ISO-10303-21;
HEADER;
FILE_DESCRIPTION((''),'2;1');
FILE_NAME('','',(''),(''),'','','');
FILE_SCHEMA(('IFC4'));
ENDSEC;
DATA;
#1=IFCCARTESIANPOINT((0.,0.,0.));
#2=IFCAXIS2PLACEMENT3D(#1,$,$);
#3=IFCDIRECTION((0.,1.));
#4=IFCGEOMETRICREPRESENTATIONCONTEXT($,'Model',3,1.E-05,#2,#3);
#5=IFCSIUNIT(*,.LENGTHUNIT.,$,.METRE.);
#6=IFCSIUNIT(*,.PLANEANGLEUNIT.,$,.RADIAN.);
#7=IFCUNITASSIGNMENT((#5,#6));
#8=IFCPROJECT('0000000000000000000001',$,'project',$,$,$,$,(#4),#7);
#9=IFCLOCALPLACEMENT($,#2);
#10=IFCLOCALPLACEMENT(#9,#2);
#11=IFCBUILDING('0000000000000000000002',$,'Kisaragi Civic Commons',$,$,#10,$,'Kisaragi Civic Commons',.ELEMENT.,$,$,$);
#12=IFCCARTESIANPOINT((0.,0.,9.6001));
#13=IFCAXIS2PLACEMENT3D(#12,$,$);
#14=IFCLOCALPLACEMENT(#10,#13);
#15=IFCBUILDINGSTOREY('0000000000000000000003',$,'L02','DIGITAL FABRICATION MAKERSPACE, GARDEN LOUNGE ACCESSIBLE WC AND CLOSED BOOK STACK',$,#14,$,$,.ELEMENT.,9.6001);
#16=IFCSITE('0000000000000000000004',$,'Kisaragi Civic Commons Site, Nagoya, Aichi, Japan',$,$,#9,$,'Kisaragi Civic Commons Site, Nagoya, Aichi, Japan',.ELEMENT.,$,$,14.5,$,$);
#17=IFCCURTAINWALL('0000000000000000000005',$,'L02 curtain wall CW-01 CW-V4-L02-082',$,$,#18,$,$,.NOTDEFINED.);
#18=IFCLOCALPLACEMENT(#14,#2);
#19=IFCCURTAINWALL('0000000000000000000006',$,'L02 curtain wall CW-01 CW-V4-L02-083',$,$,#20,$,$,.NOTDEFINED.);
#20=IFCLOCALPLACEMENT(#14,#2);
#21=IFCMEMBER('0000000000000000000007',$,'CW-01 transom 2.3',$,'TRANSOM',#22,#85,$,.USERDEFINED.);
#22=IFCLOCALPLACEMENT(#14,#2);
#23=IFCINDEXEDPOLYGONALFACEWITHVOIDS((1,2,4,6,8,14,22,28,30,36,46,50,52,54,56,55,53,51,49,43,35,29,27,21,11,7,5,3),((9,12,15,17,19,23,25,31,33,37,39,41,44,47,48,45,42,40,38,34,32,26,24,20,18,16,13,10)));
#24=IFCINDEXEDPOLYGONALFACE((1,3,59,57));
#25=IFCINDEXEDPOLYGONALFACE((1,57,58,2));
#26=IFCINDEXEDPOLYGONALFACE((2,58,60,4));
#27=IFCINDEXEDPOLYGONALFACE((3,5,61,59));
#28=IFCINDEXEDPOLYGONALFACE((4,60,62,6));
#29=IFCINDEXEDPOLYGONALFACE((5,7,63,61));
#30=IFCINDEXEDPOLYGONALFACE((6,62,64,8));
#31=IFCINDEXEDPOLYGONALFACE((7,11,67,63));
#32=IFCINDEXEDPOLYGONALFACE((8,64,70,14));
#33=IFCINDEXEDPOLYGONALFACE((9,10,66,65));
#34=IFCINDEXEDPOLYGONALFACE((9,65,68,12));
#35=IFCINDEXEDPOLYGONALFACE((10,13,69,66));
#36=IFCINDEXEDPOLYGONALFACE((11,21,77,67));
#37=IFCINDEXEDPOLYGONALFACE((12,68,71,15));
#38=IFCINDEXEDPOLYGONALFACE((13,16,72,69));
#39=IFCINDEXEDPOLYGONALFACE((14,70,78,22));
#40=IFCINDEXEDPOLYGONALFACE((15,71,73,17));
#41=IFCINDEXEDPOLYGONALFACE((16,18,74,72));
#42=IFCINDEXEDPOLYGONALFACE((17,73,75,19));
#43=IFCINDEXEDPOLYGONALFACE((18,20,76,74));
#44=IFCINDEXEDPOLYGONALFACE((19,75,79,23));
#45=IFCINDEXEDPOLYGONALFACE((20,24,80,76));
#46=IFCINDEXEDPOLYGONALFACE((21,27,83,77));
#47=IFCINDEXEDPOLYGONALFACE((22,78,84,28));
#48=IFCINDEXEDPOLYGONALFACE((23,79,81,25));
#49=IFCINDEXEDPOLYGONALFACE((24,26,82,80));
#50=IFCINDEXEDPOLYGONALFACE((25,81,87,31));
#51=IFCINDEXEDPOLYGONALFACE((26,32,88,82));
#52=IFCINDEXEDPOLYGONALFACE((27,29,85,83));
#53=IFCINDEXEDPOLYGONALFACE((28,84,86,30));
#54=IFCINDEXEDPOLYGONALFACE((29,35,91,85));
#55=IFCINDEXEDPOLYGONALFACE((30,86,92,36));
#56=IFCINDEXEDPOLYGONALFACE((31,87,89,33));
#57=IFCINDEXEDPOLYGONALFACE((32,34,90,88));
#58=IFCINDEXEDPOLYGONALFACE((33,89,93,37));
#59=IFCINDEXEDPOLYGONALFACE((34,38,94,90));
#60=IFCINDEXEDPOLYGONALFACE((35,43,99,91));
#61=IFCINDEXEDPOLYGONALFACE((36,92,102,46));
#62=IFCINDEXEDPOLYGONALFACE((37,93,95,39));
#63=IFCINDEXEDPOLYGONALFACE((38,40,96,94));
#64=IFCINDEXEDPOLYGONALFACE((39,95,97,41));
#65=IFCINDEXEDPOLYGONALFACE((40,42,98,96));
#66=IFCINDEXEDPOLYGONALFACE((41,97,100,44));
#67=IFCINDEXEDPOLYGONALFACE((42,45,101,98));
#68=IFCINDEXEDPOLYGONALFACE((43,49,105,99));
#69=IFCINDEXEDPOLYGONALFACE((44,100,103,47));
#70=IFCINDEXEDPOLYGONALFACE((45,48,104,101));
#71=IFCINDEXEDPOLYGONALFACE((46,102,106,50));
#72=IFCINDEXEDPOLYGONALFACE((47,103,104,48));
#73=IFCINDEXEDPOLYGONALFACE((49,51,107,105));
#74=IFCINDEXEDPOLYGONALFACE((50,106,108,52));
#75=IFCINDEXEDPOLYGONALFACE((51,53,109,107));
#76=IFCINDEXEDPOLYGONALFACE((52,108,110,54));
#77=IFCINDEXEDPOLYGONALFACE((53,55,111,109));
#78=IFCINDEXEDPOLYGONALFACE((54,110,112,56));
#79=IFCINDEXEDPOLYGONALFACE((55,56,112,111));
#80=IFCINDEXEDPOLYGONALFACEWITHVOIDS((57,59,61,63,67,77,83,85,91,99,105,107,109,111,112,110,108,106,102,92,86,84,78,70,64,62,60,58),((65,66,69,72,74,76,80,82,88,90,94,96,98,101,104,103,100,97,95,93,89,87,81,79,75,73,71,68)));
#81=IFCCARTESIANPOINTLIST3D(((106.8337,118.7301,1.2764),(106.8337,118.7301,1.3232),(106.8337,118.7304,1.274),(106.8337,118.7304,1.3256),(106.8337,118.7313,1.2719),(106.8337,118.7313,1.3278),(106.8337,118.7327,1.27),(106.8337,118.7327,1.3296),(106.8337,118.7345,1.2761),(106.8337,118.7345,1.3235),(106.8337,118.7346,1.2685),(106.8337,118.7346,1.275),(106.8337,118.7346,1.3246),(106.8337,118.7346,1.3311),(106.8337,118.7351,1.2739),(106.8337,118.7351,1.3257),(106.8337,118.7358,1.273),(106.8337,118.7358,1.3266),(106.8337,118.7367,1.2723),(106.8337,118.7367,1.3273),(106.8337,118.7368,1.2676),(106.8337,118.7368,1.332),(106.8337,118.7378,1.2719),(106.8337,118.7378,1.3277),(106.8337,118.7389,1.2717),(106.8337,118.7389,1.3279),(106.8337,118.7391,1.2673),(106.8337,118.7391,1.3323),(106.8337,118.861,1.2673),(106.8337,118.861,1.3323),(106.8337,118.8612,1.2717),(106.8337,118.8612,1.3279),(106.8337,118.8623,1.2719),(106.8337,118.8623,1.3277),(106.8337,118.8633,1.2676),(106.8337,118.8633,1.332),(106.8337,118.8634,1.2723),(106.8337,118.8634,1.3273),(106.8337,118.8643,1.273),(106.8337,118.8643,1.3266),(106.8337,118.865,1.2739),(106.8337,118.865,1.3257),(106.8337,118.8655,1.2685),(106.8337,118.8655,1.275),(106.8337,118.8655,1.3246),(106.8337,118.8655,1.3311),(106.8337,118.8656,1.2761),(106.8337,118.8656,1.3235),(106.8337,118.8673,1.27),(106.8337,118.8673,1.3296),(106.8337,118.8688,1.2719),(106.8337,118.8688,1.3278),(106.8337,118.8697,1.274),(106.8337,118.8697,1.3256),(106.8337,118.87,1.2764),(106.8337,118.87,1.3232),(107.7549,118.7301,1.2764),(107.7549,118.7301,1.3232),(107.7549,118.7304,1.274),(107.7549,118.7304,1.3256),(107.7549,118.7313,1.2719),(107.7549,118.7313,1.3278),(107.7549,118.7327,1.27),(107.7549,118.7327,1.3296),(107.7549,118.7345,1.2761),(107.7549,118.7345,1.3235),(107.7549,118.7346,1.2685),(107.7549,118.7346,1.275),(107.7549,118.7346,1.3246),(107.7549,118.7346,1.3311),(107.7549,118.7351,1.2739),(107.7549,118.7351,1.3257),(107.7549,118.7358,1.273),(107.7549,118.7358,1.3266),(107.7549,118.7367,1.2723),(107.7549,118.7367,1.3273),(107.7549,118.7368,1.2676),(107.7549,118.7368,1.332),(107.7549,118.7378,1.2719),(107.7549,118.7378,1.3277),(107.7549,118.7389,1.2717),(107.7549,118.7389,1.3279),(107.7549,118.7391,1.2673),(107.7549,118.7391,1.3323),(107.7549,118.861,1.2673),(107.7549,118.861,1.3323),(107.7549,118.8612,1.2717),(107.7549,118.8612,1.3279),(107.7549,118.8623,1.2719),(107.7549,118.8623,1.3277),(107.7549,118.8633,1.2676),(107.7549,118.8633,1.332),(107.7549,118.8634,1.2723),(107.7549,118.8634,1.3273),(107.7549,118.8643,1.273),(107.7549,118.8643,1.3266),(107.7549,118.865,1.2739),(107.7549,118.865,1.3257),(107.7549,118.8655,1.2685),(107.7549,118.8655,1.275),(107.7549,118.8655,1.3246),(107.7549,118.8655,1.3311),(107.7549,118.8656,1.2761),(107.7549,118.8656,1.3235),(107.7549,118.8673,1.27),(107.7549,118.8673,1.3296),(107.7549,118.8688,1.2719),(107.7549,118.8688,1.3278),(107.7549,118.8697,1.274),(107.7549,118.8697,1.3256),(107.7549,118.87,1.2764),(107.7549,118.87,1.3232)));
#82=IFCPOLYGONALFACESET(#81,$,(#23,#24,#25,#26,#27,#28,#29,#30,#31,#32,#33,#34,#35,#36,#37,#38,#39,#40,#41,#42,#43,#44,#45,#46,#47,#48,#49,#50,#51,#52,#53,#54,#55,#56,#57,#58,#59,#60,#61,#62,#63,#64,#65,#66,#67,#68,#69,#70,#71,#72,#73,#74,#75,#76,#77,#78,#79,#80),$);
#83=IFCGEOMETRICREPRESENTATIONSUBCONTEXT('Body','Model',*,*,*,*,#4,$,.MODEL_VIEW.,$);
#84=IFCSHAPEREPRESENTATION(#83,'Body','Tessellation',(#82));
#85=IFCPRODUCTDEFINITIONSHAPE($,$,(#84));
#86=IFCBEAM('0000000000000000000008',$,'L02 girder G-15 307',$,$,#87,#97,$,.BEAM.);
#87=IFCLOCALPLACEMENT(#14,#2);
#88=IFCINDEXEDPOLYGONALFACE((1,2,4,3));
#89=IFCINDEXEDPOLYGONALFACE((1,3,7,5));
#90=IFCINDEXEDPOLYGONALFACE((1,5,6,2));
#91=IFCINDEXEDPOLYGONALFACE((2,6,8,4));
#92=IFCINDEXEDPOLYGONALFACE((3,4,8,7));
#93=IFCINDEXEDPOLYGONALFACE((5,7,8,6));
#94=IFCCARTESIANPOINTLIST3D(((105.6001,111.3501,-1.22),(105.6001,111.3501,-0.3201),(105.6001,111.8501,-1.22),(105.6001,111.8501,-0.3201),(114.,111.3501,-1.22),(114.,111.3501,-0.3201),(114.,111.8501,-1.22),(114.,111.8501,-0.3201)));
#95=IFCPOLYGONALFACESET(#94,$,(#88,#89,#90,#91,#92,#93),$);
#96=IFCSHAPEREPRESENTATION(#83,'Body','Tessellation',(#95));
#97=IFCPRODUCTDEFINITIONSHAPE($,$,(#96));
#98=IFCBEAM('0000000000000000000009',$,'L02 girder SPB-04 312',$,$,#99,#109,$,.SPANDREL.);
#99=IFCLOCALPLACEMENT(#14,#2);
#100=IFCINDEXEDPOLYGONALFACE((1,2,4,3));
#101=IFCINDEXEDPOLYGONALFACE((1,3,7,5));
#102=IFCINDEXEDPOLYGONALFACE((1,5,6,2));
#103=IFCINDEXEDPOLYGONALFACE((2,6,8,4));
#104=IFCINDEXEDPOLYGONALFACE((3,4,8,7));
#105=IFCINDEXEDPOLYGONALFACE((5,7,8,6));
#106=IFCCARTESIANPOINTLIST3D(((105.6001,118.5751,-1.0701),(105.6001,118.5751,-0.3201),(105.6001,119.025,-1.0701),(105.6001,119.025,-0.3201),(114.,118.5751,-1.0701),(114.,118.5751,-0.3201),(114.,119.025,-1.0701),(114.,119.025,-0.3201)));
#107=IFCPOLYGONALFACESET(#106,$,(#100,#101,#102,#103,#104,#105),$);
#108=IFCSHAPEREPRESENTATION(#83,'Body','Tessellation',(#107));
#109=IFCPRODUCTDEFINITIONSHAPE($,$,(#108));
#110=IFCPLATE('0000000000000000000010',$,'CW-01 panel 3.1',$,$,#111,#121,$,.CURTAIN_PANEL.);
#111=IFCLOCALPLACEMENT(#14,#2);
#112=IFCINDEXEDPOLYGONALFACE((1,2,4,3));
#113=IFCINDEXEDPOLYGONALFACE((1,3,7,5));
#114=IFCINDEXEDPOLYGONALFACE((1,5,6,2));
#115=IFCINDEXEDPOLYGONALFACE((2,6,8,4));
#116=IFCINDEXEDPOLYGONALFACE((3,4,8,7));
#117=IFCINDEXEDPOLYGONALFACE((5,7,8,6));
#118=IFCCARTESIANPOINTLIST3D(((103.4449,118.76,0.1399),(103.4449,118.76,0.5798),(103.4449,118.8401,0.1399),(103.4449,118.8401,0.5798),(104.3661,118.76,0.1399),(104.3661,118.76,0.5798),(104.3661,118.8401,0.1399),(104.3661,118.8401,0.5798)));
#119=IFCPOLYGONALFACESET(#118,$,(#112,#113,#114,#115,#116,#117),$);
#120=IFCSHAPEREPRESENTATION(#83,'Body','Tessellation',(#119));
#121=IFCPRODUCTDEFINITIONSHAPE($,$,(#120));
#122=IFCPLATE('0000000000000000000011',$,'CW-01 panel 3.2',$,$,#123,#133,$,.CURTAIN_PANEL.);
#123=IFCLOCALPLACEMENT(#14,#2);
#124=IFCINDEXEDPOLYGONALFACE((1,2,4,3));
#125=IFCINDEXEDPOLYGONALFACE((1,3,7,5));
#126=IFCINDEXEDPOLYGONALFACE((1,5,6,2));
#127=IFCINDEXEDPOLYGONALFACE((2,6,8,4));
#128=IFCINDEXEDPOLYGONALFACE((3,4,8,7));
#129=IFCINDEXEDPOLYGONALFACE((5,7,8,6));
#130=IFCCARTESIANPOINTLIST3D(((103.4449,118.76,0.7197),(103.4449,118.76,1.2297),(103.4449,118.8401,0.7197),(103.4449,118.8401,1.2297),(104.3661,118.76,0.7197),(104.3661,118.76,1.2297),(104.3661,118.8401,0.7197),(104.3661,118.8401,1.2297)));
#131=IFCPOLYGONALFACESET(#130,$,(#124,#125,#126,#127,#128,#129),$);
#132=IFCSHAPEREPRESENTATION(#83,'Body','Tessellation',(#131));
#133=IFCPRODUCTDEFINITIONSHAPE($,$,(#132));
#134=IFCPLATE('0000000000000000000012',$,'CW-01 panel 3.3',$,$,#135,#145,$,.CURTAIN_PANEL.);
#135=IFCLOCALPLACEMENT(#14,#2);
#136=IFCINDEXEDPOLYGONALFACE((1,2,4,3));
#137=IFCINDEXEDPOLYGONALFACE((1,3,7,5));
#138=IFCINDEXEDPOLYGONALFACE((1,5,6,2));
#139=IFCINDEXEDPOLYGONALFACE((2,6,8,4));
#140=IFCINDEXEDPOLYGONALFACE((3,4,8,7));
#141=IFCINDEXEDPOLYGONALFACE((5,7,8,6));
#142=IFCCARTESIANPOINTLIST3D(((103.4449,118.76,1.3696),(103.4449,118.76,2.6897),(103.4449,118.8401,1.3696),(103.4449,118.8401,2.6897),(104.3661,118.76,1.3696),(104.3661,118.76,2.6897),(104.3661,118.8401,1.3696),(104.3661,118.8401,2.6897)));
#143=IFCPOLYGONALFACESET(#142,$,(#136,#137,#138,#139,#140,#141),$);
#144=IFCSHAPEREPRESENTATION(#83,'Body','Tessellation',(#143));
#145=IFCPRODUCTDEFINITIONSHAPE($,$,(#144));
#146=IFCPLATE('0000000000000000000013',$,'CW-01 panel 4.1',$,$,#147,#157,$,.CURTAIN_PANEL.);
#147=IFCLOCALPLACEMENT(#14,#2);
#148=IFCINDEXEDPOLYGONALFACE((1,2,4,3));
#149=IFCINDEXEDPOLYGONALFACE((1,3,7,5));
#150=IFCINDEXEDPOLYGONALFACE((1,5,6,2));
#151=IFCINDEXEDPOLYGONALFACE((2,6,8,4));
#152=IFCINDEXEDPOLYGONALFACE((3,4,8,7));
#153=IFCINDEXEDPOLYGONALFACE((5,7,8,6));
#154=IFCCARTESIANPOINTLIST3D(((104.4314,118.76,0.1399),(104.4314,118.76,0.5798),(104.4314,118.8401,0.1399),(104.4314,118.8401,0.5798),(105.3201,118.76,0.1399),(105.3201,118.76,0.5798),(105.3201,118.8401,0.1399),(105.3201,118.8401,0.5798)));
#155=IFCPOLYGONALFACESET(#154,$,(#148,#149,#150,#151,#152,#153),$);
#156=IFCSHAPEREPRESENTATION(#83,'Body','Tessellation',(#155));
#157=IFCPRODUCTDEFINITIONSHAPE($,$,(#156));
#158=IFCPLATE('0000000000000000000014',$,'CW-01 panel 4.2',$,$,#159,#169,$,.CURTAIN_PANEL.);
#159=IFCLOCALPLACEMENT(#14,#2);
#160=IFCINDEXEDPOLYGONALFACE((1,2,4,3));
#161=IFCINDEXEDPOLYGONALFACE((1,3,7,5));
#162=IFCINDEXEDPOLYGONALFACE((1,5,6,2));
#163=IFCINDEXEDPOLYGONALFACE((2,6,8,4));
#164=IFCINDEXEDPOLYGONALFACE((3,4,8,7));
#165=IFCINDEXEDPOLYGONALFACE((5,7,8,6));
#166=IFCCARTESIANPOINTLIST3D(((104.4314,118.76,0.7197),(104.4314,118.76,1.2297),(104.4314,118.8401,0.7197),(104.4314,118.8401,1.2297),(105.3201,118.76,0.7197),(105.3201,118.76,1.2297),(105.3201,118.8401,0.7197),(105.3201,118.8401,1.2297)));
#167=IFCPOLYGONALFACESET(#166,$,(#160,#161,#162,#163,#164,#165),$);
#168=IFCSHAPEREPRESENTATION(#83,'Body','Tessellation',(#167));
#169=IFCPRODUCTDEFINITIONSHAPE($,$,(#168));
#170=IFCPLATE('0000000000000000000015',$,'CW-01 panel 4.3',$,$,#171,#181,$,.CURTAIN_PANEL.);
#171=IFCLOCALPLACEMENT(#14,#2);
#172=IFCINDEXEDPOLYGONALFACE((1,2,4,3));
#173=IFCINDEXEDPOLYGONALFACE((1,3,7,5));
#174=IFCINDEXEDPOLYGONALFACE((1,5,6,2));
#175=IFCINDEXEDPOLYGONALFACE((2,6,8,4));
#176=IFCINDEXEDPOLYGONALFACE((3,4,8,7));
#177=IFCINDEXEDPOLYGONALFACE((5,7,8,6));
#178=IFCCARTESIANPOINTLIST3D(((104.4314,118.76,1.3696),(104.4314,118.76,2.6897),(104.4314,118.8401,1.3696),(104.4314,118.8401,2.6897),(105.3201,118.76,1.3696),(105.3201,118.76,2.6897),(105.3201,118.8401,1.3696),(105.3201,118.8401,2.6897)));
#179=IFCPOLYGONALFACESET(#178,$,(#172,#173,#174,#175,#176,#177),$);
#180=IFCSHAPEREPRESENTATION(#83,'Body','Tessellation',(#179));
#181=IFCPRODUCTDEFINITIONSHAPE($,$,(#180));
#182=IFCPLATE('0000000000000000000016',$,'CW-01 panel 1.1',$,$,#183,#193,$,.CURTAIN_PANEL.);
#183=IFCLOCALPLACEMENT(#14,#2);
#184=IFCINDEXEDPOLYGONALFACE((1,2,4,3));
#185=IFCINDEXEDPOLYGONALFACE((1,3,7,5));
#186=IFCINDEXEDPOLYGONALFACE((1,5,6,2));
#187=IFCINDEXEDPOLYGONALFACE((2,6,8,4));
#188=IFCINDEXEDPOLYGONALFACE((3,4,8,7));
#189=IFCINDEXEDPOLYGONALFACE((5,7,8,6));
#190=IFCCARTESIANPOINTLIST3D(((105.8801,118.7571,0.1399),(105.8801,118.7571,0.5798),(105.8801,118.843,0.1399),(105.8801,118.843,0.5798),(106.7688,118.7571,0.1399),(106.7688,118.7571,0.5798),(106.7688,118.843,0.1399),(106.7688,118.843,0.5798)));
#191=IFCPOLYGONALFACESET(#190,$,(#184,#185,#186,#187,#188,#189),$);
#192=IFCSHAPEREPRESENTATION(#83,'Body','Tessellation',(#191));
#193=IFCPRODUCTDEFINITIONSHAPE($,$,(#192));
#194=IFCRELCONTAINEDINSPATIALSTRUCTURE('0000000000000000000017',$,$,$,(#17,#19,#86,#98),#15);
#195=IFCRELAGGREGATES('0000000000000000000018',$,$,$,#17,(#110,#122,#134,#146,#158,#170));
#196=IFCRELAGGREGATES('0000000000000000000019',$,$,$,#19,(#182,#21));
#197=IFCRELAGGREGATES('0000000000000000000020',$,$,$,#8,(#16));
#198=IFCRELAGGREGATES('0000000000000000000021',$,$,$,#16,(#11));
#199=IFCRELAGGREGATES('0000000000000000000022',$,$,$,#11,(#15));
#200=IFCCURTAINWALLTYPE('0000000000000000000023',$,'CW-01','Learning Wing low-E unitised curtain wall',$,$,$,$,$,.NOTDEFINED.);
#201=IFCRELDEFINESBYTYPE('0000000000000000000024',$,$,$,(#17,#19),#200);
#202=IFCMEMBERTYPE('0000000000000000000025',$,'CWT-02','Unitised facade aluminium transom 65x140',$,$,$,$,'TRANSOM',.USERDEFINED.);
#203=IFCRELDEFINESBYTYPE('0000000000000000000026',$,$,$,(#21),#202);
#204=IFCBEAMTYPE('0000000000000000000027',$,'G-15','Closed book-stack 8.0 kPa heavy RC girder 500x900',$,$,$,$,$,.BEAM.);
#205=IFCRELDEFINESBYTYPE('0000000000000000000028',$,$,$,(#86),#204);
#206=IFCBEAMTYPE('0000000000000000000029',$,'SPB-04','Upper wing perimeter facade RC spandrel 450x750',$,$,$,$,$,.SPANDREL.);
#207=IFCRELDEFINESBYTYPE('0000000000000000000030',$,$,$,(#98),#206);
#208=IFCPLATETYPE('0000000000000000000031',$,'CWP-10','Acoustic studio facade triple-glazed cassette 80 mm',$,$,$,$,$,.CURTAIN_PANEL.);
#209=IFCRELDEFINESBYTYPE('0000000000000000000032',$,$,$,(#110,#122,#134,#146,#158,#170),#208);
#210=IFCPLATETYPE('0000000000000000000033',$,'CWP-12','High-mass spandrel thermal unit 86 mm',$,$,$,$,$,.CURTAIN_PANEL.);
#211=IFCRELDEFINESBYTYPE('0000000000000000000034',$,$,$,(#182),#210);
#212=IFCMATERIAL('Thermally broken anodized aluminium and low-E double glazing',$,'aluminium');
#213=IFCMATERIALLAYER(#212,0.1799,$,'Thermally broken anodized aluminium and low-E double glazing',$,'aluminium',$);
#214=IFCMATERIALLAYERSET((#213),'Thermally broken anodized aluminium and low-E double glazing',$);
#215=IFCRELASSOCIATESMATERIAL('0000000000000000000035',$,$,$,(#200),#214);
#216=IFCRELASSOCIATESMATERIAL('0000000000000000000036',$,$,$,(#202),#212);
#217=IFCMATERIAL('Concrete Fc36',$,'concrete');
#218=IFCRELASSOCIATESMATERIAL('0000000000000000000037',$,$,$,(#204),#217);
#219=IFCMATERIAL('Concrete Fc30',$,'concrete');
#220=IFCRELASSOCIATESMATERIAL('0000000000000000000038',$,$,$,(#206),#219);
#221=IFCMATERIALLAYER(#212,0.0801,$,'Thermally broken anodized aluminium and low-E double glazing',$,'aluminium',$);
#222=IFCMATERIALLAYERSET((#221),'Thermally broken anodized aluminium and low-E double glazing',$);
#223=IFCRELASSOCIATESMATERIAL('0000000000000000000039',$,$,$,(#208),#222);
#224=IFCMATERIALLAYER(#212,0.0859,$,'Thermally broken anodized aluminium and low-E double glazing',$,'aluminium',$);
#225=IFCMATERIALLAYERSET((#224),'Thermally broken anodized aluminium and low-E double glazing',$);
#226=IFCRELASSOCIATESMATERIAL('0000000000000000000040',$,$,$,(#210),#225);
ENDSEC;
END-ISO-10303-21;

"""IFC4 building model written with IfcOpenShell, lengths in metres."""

from ifc_helpers import new_model, si_unit, direction, frame, origin, origin_2d, place, context, subcontext, project, spatial, rectangle, hollow_rectangle, extrude, material, layer, layer_set, material_profile, profile_set, type_object, element, aggregate, save


model = new_model("IFC4")

# Units and contexts
model_context = context("Model", 3, precision=1e-05, world=origin(), true_north=direction((0.0, 1.0)))
body_context = subcontext(model_context, "Body", "Model", "MODEL_VIEW")
ifc_project = project(units=[si_unit("LENGTHUNIT", "METRE"), si_unit("PLANEANGLEUNIT", "RADIAN")], contexts=[model_context])

# Site, building, storey
site_placement = place(None, origin())
site = spatial("IfcSite", under=ifc_project, at=site_placement, Name="Kisaragi Civic Commons Site, Nagoya, Aichi, Japan", LongName="Kisaragi Civic Commons Site, Nagoya, Aichi, Japan", CompositionType="ELEMENT", RefElevation=14.5)
building_placement = place(site_placement, origin())
building = spatial("IfcBuilding", under=site, at=building_placement, Name="Kisaragi Civic Commons", LongName="Kisaragi Civic Commons", CompositionType="ELEMENT")
storey_placement = place(building_placement, frame((0.0, 0.0, 9.6001)))
storey = spatial("IfcBuildingStorey", under=building, at=storey_placement, Name="L02", Description="DIGITAL FABRICATION MAKERSPACE, GARDEN LOUNGE ACCESSIBLE WC AND CLOSED BOOK STACK", CompositionType="ELEMENT", Elevation=9.6001)

# Shared definitions
ifc_material_1 = material(Name="Concrete Fc36", Category="concrete")

# Curtain walls
ifc_material_2 = material(Name="Thermally broken anodized aluminium and low-E double glazing", Category="aluminium")
ifc_layer_1 = layer(ifc_material_2, 0.1799, Name="Thermally broken anodized aluminium and low-E double glazing", Category="aluminium")
ifc_layer_set_1 = layer_set([ifc_layer_1], Name="Thermally broken anodized aluminium and low-E double glazing")
curtain_wall_type = type_object("IfcCurtainWallType", Name="CW-01", Description="Learning Wing low-E unitised curtain wall", PredefinedType="NOTDEFINED", material=ifc_layer_set_1)
curtain_wall_1_placement = place(storey_placement, origin())
curtain_wall_1 = element("IfcCurtainWall", 1, at=curtain_wall_1_placement, inside=storey, type_object=curtain_wall_type, Name="L02 curtain wall CW-01 CW-V4-L02-082", PredefinedType="NOTDEFINED")
curtain_wall_2_placement = place(storey_placement, origin())
curtain_wall_2 = element("IfcCurtainWall", 2, at=curtain_wall_2_placement, inside=storey, type_object=curtain_wall_type, Name="L02 curtain wall CW-01 CW-V4-L02-083", PredefinedType="NOTDEFINED")

# Member
ifc_material_profile_1 = material_profile(ifc_material_2, hollow_rectangle(XDim=0.1399, YDim=0.0649, WallThickness=0.0044, InnerFilletRadius=0.0044, OuterFilletRadius=0.009, at=origin_2d()), Name="CWT-65x140x4.5", Category="aluminium")
ifc_profile_set_1 = profile_set([ifc_material_profile_1], Name="Thermally broken anodized aluminium and low-E double glazing")
member_type_1 = type_object("IfcMemberType", Name="CWT-02", Description="Unitised facade aluminium transom 65x140", ElementType="TRANSOM", PredefinedType="USERDEFINED", material=ifc_profile_set_1)
member_1_placement = place(storey_placement, frame((106.8337, 118.8, 1.2998), z_axis=(1.0, 0.0, 0.0), x_axis=(0.0, 1.0, 0.0)))
member_1 = element("IfcMember", 3, at=member_1_placement, type_object=member_type_1, Name="CW-01 transom 2.3", ObjectType="TRANSOM", PredefinedType="USERDEFINED", context=body_context, shape_type="SweptSolid", body=[
    extrude(hollow_rectangle(XDim=0.1399, YDim=0.0649, WallThickness=0.0044, InnerFilletRadius=0.0044, OuterFilletRadius=0.009, at=origin_2d()), origin(), (0.0, 0.0, 1.0), 0.9211),
])

# Beams
ifc_material_profile_2 = material_profile(ifc_material_1, rectangle(XDim=0.5, YDim=0.8999, at=origin_2d()), Name="RC-500x900", Category="concrete")
ifc_profile_set_2 = profile_set([ifc_material_profile_2], Name="Concrete Fc36")
beam_type_1 = type_object("IfcBeamType", Name="G-15", Description="Closed book-stack 8.0 kPa heavy RC girder 500x900", PredefinedType="BEAM", material=ifc_profile_set_2)
beam_1_placement = place(storey_placement, frame((105.6001, 111.6001, -0.77), z_axis=(1.0, 0.0, 0.0), x_axis=(0.0, 1.0, 0.0)))
element("IfcBeam", 4, at=beam_1_placement, inside=storey, type_object=beam_type_1, Name="L02 girder G-15 307", PredefinedType="BEAM", context=body_context, shape_type="SweptSolid", body=[
    extrude(rectangle(XDim=0.5, YDim=0.8999, at=origin_2d()), origin(), (0.0, 0.0, 1.0), 8.3999),
])
ifc_material_3 = material(Name="Concrete Fc30", Category="concrete")
ifc_material_profile_3 = material_profile(ifc_material_3, rectangle(XDim=0.45, YDim=0.75, at=origin_2d()), Name="RC-450x750", Category="concrete")
ifc_profile_set_3 = profile_set([ifc_material_profile_3], Name="Concrete Fc30")
beam_type_2 = type_object("IfcBeamType", Name="SPB-04", Description="Upper wing perimeter facade RC spandrel 450x750", PredefinedType="SPANDREL", material=ifc_profile_set_3)
beam_2_placement = place(storey_placement, frame((105.6001, 118.8, -0.6951), z_axis=(1.0, 0.0, 0.0), x_axis=(0.0, 1.0, 0.0)))
element("IfcBeam", 5, at=beam_2_placement, inside=storey, type_object=beam_type_2, Name="L02 girder SPB-04 312", PredefinedType="SPANDREL", context=body_context, shape_type="SweptSolid", body=[
    extrude(rectangle(XDim=0.45, YDim=0.75, at=origin_2d()), origin(), (0.0, 0.0, 1.0), 8.3999),
])

# Plates
ifc_layer_2 = layer(ifc_material_2, 0.0801, Name="Thermally broken anodized aluminium and low-E double glazing", Category="aluminium")
ifc_layer_set_2 = layer_set([ifc_layer_2], Name="Thermally broken anodized aluminium and low-E double glazing")
plate_type_1 = type_object("IfcPlateType", Name="CWP-10", Description="Acoustic studio facade triple-glazed cassette 80 mm", PredefinedType="CURTAIN_PANEL", material=ifc_layer_set_2)
plate_1_placement = place(storey_placement, frame((103.9055, 118.8, 0.1399), z_axis=(0.0, 0.0, 1.0), x_axis=(1.0, 0.0, 0.0)))
plate_1 = element("IfcPlate", 6, at=plate_1_placement, type_object=plate_type_1, Name="CW-01 panel 3.1", PredefinedType="CURTAIN_PANEL", context=body_context, shape_type="SweptSolid", body=[
    extrude(rectangle(XDim=0.9211, YDim=0.0801, at=origin_2d()), origin(), (0.0, 0.0, 1.0), 0.4399),
])
plate_2_placement = place(storey_placement, frame((103.9055, 118.8, 0.7197), z_axis=(0.0, 0.0, 1.0), x_axis=(1.0, 0.0, 0.0)))
plate_2 = element("IfcPlate", 7, at=plate_2_placement, type_object=plate_type_1, Name="CW-01 panel 3.2", PredefinedType="CURTAIN_PANEL", context=body_context, shape_type="SweptSolid", body=[
    extrude(rectangle(XDim=0.9211, YDim=0.0801, at=origin_2d()), origin(), (0.0, 0.0, 1.0), 0.51),
])
plate_3_placement = place(storey_placement, frame((103.9055, 118.8, 1.3696), z_axis=(0.0, 0.0, 1.0), x_axis=(1.0, 0.0, 0.0)))
plate_3 = element("IfcPlate", 8, at=plate_3_placement, type_object=plate_type_1, Name="CW-01 panel 3.3", PredefinedType="CURTAIN_PANEL", context=body_context, shape_type="SweptSolid", body=[
    extrude(rectangle(XDim=0.9211, YDim=0.0801, at=origin_2d()), origin(), (0.0, 0.0, 1.0), 1.3201),
])
plate_4_placement = place(storey_placement, frame((104.8757, 118.8, 0.1399), z_axis=(0.0, 0.0, 1.0), x_axis=(1.0, 0.0, 0.0)))
plate_4 = element("IfcPlate", 9, at=plate_4_placement, type_object=plate_type_1, Name="CW-01 panel 4.1", PredefinedType="CURTAIN_PANEL", context=body_context, shape_type="SweptSolid", body=[
    extrude(rectangle(XDim=0.8887, YDim=0.0801, at=origin_2d()), origin(), (0.0, 0.0, 1.0), 0.4399),
])
plate_5_placement = place(storey_placement, frame((104.8757, 118.8, 0.7197), z_axis=(0.0, 0.0, 1.0), x_axis=(1.0, 0.0, 0.0)))
plate_5 = element("IfcPlate", 10, at=plate_5_placement, type_object=plate_type_1, Name="CW-01 panel 4.2", PredefinedType="CURTAIN_PANEL", context=body_context, shape_type="SweptSolid", body=[
    extrude(rectangle(XDim=0.8887, YDim=0.0801, at=origin_2d()), origin(), (0.0, 0.0, 1.0), 0.51),
])
plate_6_placement = place(storey_placement, frame((104.8757, 118.8, 1.3696), z_axis=(0.0, 0.0, 1.0), x_axis=(1.0, 0.0, 0.0)))
plate_6 = element("IfcPlate", 11, at=plate_6_placement, type_object=plate_type_1, Name="CW-01 panel 4.3", PredefinedType="CURTAIN_PANEL", context=body_context, shape_type="SweptSolid", body=[
    extrude(rectangle(XDim=0.8887, YDim=0.0801, at=origin_2d()), origin(), (0.0, 0.0, 1.0), 1.3201),
])
aggregate(curtain_wall_1, [plate_1, plate_2, plate_3, plate_4, plate_5, plate_6])
ifc_layer_3 = layer(ifc_material_2, 0.0859, Name="Thermally broken anodized aluminium and low-E double glazing", Category="aluminium")
ifc_layer_set_3 = layer_set([ifc_layer_3], Name="Thermally broken anodized aluminium and low-E double glazing")
plate_type_2 = type_object("IfcPlateType", Name="CWP-12", Description="High-mass spandrel thermal unit 86 mm", PredefinedType="CURTAIN_PANEL", material=ifc_layer_set_3)
plate_7_placement = place(storey_placement, frame((106.3245, 118.8, 0.1399), z_axis=(0.0, 0.0, 1.0), x_axis=(1.0, 0.0, 0.0)))
plate_7 = element("IfcPlate", 12, at=plate_7_placement, type_object=plate_type_2, Name="CW-01 panel 1.1", PredefinedType="CURTAIN_PANEL", context=body_context, shape_type="SweptSolid", body=[
    extrude(rectangle(XDim=0.8887, YDim=0.0859, at=origin_2d()), origin(), (0.0, 0.0, 1.0), 0.4399),
])
aggregate(curtain_wall_2, [plate_7, member_1])

save(model, "model.ifc")
